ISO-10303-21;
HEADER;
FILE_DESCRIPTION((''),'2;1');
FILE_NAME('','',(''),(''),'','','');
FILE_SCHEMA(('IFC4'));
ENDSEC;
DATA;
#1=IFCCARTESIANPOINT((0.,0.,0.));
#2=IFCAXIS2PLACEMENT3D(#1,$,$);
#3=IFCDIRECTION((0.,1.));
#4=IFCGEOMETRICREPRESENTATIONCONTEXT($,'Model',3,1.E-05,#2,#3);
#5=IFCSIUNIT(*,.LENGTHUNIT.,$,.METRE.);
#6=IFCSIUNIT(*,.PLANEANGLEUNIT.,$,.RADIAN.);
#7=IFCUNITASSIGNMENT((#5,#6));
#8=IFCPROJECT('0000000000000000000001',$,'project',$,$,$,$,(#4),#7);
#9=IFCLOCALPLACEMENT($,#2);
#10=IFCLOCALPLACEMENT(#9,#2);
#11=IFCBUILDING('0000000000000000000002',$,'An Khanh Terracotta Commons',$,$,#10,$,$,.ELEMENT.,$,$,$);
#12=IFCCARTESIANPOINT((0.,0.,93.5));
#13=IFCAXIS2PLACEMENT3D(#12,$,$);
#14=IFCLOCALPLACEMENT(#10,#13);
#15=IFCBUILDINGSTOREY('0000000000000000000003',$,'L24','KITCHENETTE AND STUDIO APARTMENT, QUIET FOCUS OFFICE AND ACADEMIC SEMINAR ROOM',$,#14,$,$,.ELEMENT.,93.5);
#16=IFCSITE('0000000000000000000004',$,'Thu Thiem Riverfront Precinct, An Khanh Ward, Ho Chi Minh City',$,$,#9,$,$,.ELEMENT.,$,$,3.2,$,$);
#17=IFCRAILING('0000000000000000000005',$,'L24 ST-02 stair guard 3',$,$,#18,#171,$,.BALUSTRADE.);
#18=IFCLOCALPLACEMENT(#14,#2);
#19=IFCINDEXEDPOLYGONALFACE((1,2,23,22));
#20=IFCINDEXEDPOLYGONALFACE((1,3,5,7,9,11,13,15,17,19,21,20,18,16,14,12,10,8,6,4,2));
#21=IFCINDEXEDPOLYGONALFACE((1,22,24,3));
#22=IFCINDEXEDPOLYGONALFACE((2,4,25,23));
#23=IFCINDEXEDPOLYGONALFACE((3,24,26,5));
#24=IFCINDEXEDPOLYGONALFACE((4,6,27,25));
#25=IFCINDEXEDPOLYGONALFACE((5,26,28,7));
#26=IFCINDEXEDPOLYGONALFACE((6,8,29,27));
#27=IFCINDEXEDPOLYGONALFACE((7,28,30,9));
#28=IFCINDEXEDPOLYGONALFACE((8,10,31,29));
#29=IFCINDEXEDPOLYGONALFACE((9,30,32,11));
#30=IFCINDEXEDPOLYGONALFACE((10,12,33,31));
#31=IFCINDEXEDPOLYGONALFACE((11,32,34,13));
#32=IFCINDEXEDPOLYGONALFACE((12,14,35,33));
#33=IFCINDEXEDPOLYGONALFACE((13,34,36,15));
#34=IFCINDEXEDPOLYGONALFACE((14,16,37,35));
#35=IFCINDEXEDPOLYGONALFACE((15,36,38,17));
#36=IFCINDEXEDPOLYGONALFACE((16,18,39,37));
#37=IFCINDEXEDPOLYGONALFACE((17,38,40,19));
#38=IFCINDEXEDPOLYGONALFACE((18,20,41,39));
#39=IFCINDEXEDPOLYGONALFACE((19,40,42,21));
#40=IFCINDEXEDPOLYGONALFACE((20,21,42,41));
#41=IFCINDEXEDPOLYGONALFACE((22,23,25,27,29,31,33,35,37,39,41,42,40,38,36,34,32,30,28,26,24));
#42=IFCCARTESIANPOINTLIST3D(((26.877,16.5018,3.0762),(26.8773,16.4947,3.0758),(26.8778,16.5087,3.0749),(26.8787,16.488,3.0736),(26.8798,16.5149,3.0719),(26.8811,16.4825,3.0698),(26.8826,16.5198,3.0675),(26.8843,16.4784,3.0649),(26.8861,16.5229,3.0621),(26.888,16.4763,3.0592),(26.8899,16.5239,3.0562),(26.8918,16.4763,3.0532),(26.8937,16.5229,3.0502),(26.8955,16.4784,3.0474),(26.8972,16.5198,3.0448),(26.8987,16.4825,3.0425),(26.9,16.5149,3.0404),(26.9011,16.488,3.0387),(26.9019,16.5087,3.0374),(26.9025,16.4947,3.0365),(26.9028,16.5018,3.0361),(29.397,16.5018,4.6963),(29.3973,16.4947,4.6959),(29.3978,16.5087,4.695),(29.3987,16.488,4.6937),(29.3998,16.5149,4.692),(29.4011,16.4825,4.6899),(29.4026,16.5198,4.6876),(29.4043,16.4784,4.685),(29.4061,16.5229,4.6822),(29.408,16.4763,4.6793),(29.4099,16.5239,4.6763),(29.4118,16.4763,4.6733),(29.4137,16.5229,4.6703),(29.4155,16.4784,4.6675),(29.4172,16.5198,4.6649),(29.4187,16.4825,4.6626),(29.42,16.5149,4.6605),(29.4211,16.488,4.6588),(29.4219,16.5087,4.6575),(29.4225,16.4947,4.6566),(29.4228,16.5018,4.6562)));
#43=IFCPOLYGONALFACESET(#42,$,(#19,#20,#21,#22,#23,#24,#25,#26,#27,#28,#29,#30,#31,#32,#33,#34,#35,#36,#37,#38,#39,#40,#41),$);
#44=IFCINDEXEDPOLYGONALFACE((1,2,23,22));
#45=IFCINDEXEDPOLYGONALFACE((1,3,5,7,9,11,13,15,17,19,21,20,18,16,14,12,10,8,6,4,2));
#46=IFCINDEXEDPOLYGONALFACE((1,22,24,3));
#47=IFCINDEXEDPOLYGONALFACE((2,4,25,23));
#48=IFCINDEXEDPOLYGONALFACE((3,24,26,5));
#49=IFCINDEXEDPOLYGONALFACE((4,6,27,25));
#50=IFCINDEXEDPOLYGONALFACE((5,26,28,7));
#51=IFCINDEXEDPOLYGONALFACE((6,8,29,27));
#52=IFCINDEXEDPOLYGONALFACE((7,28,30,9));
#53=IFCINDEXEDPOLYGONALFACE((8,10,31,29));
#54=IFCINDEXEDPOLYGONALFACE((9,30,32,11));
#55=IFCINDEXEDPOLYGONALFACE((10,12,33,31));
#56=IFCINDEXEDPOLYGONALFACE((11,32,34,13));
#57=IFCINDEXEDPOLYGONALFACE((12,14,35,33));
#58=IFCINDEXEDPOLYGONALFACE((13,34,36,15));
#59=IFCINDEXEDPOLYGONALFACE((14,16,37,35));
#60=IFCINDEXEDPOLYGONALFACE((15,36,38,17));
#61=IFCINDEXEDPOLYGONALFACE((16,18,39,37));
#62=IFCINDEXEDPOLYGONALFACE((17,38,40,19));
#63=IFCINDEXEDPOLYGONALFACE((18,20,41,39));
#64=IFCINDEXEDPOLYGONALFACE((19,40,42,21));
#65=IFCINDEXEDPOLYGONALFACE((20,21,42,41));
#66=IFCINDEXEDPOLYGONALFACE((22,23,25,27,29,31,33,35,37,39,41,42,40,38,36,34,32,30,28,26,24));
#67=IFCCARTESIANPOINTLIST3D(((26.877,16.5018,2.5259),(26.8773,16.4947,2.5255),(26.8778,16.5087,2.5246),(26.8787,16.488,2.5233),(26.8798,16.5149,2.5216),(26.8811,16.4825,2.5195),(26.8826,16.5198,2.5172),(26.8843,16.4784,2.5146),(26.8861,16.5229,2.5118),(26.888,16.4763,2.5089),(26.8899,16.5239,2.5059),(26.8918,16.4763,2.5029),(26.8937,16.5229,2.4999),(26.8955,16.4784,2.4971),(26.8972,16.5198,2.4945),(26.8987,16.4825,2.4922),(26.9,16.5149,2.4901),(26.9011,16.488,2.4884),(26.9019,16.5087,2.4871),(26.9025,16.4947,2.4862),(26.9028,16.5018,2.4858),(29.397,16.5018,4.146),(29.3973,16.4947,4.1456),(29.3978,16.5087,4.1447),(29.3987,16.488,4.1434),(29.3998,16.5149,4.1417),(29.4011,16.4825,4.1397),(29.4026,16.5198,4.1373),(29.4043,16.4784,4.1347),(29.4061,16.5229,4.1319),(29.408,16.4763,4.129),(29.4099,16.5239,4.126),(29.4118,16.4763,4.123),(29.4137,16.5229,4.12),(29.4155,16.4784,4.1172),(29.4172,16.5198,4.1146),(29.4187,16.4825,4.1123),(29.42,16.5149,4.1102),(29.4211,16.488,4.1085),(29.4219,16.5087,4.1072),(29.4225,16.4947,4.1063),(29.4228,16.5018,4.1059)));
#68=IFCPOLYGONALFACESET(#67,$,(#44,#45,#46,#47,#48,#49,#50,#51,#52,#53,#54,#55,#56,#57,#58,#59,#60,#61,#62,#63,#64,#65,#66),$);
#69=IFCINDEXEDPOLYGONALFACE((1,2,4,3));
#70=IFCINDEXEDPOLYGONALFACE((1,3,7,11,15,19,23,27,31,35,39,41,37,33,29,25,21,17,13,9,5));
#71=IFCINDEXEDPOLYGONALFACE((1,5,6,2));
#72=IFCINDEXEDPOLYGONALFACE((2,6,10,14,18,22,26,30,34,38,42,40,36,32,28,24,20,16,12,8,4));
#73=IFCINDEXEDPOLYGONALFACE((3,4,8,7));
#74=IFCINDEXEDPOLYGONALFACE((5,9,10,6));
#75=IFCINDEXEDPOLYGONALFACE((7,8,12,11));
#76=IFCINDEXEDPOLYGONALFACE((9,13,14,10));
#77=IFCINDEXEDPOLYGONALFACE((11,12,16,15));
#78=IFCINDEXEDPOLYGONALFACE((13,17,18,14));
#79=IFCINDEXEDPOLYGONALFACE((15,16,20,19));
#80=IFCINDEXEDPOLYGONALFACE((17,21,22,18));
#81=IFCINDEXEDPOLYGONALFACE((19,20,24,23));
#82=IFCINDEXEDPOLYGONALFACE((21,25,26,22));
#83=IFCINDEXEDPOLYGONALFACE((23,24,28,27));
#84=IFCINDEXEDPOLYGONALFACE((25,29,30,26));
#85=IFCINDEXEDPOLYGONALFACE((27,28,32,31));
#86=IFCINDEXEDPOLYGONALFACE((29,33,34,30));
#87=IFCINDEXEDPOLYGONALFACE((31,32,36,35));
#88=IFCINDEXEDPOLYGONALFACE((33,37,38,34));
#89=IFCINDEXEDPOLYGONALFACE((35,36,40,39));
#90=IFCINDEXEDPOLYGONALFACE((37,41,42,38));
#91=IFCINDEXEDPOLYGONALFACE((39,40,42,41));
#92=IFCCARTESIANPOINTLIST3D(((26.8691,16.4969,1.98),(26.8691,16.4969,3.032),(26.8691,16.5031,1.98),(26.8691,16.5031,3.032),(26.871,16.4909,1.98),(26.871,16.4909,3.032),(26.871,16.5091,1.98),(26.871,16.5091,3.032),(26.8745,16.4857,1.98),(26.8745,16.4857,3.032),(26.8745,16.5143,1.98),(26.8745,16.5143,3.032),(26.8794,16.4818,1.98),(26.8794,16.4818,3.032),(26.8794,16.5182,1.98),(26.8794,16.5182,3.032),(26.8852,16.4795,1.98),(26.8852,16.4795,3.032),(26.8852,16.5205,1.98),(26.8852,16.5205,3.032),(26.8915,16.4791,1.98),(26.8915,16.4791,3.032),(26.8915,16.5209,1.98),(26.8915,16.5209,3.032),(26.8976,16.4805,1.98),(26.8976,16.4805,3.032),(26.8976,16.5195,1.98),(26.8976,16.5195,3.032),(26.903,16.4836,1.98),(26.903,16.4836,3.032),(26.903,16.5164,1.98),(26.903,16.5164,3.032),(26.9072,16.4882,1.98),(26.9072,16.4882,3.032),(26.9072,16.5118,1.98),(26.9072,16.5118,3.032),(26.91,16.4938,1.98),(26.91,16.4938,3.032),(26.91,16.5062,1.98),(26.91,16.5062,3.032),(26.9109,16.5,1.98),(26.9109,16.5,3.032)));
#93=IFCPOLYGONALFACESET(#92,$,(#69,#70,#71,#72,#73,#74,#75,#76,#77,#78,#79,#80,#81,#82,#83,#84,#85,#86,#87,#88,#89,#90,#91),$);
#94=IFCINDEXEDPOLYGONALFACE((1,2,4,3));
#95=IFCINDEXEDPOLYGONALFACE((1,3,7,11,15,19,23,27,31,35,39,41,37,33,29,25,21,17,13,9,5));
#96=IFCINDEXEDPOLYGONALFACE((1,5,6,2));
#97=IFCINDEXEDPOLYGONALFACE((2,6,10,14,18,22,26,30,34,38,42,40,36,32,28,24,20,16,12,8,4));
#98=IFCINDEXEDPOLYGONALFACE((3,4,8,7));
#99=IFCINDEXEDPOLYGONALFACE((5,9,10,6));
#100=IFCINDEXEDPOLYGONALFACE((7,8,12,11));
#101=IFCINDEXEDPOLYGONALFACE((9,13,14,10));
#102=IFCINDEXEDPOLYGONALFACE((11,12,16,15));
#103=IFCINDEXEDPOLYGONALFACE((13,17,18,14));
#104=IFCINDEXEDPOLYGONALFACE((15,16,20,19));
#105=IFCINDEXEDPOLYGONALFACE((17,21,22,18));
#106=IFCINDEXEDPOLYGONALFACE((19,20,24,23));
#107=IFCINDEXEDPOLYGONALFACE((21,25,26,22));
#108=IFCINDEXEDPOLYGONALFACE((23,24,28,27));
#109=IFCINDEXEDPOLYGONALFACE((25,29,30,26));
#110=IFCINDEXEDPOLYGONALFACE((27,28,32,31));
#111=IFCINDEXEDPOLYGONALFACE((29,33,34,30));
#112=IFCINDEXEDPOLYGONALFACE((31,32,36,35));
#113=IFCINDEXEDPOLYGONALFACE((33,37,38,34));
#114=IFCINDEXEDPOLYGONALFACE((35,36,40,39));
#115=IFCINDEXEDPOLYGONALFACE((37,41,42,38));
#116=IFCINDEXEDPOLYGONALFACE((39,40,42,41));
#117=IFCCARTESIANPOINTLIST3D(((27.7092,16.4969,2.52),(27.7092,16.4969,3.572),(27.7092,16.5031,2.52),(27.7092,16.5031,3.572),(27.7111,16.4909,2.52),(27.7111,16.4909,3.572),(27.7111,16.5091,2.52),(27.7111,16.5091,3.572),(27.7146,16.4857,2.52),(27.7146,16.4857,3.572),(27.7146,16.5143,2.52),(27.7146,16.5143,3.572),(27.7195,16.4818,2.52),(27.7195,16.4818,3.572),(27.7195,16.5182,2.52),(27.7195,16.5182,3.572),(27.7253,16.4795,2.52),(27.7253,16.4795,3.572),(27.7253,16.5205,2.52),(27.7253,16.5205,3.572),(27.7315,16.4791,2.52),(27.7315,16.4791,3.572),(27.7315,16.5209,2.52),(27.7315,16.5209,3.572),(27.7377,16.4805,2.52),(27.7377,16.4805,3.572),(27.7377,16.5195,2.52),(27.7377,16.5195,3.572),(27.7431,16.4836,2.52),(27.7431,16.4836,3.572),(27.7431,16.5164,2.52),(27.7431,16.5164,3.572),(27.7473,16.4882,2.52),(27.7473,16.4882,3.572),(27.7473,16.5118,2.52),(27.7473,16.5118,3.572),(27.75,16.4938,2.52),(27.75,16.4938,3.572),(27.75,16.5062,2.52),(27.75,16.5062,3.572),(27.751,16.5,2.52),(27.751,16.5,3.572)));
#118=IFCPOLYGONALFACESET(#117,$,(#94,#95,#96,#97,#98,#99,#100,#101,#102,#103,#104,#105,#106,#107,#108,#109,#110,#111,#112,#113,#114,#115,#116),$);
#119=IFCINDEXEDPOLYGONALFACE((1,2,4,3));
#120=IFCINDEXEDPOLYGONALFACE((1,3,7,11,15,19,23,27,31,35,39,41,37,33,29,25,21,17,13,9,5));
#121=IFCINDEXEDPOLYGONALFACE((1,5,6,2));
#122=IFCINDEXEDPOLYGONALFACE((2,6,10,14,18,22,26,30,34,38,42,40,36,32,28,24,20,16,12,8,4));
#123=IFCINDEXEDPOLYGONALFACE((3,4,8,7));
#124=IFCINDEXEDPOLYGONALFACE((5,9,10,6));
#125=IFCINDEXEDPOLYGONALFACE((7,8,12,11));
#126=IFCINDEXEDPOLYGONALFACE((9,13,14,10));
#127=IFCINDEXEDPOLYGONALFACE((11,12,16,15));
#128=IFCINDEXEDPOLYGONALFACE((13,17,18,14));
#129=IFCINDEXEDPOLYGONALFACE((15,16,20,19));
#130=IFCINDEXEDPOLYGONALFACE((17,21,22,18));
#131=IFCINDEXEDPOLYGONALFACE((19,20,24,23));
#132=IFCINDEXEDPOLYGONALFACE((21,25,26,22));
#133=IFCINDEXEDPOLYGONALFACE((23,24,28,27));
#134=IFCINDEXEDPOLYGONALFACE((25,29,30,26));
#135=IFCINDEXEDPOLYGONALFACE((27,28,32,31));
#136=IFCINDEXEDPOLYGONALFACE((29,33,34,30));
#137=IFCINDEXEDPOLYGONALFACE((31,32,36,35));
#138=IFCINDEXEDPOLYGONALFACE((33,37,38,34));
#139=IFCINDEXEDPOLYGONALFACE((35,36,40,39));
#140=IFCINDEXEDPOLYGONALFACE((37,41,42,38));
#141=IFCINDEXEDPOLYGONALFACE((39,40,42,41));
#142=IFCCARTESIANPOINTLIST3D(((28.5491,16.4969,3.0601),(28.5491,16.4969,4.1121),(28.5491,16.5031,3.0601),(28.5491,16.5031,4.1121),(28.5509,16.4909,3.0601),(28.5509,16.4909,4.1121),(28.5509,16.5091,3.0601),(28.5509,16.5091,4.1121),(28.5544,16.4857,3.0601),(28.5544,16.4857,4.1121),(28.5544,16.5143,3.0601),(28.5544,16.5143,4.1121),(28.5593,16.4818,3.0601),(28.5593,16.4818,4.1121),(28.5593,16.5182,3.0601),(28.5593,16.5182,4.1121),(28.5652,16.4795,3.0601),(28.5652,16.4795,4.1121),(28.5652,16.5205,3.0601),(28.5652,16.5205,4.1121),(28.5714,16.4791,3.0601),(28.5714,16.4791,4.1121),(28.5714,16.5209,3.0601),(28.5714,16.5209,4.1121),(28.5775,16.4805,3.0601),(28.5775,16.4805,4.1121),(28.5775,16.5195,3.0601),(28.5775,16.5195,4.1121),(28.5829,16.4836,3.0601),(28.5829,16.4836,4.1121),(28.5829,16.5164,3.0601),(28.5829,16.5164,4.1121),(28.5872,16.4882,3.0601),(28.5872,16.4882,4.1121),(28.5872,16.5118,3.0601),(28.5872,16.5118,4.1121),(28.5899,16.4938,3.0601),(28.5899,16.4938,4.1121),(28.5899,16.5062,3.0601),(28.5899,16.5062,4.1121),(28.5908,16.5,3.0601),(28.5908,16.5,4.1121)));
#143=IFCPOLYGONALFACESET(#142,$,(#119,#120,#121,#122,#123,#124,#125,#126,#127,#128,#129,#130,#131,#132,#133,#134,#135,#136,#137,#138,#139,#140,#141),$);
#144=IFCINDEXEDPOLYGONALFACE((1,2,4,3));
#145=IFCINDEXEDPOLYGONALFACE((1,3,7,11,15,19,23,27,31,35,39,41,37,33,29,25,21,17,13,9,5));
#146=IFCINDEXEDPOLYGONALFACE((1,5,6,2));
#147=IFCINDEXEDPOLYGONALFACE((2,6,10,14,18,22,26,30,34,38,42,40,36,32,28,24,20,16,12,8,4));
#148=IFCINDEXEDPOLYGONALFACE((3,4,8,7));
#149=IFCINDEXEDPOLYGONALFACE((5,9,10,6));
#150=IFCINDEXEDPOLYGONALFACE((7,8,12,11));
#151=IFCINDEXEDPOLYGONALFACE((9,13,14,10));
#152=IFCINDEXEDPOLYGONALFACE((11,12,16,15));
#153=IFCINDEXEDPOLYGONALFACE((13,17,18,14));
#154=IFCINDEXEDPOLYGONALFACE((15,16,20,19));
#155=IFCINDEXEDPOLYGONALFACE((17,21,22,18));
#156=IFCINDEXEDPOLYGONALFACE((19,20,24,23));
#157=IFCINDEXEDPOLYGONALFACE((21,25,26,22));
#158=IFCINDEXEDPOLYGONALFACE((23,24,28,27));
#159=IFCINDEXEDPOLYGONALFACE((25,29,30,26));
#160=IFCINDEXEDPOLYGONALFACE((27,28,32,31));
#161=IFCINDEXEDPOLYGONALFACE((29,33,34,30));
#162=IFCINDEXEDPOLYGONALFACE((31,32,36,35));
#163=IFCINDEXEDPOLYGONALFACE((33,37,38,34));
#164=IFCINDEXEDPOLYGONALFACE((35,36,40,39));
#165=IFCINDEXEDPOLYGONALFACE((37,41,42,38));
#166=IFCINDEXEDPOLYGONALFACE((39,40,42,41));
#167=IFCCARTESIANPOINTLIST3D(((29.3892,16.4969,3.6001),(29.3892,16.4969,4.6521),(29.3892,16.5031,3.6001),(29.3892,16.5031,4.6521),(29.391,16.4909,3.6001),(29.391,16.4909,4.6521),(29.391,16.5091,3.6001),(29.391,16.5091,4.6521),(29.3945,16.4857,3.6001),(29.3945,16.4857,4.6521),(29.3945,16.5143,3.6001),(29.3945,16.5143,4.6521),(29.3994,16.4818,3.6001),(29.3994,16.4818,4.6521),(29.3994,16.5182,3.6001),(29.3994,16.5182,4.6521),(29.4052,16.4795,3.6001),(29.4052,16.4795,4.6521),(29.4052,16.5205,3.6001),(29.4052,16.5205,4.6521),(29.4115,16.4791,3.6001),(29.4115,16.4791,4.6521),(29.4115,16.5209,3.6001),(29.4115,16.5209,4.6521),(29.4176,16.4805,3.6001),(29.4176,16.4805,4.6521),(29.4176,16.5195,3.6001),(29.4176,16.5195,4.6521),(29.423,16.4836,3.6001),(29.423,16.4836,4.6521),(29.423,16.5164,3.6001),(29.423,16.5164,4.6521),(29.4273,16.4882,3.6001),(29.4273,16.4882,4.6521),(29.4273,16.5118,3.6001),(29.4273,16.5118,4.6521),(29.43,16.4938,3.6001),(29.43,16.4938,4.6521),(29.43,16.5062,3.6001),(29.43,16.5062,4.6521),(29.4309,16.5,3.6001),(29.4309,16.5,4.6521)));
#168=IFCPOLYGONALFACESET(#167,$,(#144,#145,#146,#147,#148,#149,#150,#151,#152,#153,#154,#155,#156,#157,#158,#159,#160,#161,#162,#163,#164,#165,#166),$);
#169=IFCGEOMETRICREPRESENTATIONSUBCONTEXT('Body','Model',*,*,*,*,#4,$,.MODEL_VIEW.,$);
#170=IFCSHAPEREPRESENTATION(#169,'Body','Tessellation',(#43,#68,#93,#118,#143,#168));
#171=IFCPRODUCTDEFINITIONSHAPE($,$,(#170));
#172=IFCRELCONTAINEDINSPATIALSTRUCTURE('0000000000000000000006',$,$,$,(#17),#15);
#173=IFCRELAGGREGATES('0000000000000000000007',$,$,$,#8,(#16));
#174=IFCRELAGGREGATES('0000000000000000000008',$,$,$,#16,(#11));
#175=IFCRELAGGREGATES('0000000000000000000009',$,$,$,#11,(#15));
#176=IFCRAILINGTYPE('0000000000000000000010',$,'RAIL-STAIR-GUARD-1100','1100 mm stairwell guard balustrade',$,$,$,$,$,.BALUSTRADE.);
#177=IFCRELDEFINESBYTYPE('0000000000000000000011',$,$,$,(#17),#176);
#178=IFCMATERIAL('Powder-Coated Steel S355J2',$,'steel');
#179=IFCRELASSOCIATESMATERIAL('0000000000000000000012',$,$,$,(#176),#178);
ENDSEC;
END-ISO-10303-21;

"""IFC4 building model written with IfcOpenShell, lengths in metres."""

from ifc_helpers import new_model, si_unit, direction, frame, origin, origin_2d, place, context, subcontext, project, spatial, circle, extrude, material, type_object, element, save


model = new_model("IFC4")

# Units and contexts
model_context = context("Model", 3, precision=1e-05, world=origin(), true_north=direction((0.0, 1.0)))
body_context = subcontext(model_context, "Body", "Model", "MODEL_VIEW")
ifc_project = project(units=[si_unit("LENGTHUNIT", "METRE"), si_unit("PLANEANGLEUNIT", "RADIAN")], contexts=[model_context])

# Site, building, storey
site_placement = place(None, origin())
site = spatial("IfcSite", under=ifc_project, at=site_placement, Name="Thu Thiem Riverfront Precinct, An Khanh Ward, Ho Chi Minh City", CompositionType="ELEMENT", RefElevation=3.2)
building_placement = place(site_placement, origin())
building = spatial("IfcBuilding", under=site, at=building_placement, Name="An Khanh Terracotta Commons", CompositionType="ELEMENT")
storey_placement = place(building_placement, frame((0.0, 0.0, 93.5)))
storey = spatial("IfcBuildingStorey", under=building, at=storey_placement, Name="L24", Description="KITCHENETTE AND STUDIO APARTMENT, QUIET FOCUS OFFICE AND ACADEMIC SEMINAR ROOM", CompositionType="ELEMENT", Elevation=93.5)

# Railing
ifc_material_1 = material(Name="Powder-Coated Steel S355J2", Category="steel")
railing_type_1 = type_object("IfcRailingType", Name="RAIL-STAIR-GUARD-1100", Description="1100 mm stairwell guard balustrade", PredefinedType="BALUSTRADE", material=ifc_material_1)
railing_1_placement = place(storey_placement, frame((26.8899, 16.5, 1.98)))
element("IfcRailing", 1, at=railing_1_placement, inside=storey, type_object=railing_type_1, Name="L24 ST-02 stair guard 3", PredefinedType="BALUSTRADE", context=body_context, shape_type="SweptSolid", body=[
    extrude(circle(Radius=0.0239, at=origin_2d()), frame((0.0, 0.0, 1.0762), z_axis=(0.841163, 0.0, 0.540782), x_axis=(0.0, 1.0, 0.0)), (0.0, 0.0, 1.0), 2.9958),
    extrude(circle(Radius=0.0239, at=origin_2d()), frame((0.0, 0.0, 0.5259), z_axis=(0.841163, 0.0, 0.540782), x_axis=(0.0, 1.0, 0.0)), (0.0, 0.0, 1.0), 2.9958),
    extrude(circle(Radius=0.021, at=origin_2d()), origin(), (0.0, 0.0, 1.0), 1.052),
    extrude(circle(Radius=0.021, at=origin_2d()), frame((0.8401, 0.0, 0.54)), (0.0, 0.0, 1.0), 1.052),
    extrude(circle(Radius=0.021, at=origin_2d()), frame((1.6799, 0.0, 1.0801)), (0.0, 0.0, 1.0), 1.052),
    extrude(circle(Radius=0.021, at=origin_2d()), frame((2.52, 0.0, 1.6201)), (0.0, 0.0, 1.0), 1.052),
])

save(model, "model.ifc")
